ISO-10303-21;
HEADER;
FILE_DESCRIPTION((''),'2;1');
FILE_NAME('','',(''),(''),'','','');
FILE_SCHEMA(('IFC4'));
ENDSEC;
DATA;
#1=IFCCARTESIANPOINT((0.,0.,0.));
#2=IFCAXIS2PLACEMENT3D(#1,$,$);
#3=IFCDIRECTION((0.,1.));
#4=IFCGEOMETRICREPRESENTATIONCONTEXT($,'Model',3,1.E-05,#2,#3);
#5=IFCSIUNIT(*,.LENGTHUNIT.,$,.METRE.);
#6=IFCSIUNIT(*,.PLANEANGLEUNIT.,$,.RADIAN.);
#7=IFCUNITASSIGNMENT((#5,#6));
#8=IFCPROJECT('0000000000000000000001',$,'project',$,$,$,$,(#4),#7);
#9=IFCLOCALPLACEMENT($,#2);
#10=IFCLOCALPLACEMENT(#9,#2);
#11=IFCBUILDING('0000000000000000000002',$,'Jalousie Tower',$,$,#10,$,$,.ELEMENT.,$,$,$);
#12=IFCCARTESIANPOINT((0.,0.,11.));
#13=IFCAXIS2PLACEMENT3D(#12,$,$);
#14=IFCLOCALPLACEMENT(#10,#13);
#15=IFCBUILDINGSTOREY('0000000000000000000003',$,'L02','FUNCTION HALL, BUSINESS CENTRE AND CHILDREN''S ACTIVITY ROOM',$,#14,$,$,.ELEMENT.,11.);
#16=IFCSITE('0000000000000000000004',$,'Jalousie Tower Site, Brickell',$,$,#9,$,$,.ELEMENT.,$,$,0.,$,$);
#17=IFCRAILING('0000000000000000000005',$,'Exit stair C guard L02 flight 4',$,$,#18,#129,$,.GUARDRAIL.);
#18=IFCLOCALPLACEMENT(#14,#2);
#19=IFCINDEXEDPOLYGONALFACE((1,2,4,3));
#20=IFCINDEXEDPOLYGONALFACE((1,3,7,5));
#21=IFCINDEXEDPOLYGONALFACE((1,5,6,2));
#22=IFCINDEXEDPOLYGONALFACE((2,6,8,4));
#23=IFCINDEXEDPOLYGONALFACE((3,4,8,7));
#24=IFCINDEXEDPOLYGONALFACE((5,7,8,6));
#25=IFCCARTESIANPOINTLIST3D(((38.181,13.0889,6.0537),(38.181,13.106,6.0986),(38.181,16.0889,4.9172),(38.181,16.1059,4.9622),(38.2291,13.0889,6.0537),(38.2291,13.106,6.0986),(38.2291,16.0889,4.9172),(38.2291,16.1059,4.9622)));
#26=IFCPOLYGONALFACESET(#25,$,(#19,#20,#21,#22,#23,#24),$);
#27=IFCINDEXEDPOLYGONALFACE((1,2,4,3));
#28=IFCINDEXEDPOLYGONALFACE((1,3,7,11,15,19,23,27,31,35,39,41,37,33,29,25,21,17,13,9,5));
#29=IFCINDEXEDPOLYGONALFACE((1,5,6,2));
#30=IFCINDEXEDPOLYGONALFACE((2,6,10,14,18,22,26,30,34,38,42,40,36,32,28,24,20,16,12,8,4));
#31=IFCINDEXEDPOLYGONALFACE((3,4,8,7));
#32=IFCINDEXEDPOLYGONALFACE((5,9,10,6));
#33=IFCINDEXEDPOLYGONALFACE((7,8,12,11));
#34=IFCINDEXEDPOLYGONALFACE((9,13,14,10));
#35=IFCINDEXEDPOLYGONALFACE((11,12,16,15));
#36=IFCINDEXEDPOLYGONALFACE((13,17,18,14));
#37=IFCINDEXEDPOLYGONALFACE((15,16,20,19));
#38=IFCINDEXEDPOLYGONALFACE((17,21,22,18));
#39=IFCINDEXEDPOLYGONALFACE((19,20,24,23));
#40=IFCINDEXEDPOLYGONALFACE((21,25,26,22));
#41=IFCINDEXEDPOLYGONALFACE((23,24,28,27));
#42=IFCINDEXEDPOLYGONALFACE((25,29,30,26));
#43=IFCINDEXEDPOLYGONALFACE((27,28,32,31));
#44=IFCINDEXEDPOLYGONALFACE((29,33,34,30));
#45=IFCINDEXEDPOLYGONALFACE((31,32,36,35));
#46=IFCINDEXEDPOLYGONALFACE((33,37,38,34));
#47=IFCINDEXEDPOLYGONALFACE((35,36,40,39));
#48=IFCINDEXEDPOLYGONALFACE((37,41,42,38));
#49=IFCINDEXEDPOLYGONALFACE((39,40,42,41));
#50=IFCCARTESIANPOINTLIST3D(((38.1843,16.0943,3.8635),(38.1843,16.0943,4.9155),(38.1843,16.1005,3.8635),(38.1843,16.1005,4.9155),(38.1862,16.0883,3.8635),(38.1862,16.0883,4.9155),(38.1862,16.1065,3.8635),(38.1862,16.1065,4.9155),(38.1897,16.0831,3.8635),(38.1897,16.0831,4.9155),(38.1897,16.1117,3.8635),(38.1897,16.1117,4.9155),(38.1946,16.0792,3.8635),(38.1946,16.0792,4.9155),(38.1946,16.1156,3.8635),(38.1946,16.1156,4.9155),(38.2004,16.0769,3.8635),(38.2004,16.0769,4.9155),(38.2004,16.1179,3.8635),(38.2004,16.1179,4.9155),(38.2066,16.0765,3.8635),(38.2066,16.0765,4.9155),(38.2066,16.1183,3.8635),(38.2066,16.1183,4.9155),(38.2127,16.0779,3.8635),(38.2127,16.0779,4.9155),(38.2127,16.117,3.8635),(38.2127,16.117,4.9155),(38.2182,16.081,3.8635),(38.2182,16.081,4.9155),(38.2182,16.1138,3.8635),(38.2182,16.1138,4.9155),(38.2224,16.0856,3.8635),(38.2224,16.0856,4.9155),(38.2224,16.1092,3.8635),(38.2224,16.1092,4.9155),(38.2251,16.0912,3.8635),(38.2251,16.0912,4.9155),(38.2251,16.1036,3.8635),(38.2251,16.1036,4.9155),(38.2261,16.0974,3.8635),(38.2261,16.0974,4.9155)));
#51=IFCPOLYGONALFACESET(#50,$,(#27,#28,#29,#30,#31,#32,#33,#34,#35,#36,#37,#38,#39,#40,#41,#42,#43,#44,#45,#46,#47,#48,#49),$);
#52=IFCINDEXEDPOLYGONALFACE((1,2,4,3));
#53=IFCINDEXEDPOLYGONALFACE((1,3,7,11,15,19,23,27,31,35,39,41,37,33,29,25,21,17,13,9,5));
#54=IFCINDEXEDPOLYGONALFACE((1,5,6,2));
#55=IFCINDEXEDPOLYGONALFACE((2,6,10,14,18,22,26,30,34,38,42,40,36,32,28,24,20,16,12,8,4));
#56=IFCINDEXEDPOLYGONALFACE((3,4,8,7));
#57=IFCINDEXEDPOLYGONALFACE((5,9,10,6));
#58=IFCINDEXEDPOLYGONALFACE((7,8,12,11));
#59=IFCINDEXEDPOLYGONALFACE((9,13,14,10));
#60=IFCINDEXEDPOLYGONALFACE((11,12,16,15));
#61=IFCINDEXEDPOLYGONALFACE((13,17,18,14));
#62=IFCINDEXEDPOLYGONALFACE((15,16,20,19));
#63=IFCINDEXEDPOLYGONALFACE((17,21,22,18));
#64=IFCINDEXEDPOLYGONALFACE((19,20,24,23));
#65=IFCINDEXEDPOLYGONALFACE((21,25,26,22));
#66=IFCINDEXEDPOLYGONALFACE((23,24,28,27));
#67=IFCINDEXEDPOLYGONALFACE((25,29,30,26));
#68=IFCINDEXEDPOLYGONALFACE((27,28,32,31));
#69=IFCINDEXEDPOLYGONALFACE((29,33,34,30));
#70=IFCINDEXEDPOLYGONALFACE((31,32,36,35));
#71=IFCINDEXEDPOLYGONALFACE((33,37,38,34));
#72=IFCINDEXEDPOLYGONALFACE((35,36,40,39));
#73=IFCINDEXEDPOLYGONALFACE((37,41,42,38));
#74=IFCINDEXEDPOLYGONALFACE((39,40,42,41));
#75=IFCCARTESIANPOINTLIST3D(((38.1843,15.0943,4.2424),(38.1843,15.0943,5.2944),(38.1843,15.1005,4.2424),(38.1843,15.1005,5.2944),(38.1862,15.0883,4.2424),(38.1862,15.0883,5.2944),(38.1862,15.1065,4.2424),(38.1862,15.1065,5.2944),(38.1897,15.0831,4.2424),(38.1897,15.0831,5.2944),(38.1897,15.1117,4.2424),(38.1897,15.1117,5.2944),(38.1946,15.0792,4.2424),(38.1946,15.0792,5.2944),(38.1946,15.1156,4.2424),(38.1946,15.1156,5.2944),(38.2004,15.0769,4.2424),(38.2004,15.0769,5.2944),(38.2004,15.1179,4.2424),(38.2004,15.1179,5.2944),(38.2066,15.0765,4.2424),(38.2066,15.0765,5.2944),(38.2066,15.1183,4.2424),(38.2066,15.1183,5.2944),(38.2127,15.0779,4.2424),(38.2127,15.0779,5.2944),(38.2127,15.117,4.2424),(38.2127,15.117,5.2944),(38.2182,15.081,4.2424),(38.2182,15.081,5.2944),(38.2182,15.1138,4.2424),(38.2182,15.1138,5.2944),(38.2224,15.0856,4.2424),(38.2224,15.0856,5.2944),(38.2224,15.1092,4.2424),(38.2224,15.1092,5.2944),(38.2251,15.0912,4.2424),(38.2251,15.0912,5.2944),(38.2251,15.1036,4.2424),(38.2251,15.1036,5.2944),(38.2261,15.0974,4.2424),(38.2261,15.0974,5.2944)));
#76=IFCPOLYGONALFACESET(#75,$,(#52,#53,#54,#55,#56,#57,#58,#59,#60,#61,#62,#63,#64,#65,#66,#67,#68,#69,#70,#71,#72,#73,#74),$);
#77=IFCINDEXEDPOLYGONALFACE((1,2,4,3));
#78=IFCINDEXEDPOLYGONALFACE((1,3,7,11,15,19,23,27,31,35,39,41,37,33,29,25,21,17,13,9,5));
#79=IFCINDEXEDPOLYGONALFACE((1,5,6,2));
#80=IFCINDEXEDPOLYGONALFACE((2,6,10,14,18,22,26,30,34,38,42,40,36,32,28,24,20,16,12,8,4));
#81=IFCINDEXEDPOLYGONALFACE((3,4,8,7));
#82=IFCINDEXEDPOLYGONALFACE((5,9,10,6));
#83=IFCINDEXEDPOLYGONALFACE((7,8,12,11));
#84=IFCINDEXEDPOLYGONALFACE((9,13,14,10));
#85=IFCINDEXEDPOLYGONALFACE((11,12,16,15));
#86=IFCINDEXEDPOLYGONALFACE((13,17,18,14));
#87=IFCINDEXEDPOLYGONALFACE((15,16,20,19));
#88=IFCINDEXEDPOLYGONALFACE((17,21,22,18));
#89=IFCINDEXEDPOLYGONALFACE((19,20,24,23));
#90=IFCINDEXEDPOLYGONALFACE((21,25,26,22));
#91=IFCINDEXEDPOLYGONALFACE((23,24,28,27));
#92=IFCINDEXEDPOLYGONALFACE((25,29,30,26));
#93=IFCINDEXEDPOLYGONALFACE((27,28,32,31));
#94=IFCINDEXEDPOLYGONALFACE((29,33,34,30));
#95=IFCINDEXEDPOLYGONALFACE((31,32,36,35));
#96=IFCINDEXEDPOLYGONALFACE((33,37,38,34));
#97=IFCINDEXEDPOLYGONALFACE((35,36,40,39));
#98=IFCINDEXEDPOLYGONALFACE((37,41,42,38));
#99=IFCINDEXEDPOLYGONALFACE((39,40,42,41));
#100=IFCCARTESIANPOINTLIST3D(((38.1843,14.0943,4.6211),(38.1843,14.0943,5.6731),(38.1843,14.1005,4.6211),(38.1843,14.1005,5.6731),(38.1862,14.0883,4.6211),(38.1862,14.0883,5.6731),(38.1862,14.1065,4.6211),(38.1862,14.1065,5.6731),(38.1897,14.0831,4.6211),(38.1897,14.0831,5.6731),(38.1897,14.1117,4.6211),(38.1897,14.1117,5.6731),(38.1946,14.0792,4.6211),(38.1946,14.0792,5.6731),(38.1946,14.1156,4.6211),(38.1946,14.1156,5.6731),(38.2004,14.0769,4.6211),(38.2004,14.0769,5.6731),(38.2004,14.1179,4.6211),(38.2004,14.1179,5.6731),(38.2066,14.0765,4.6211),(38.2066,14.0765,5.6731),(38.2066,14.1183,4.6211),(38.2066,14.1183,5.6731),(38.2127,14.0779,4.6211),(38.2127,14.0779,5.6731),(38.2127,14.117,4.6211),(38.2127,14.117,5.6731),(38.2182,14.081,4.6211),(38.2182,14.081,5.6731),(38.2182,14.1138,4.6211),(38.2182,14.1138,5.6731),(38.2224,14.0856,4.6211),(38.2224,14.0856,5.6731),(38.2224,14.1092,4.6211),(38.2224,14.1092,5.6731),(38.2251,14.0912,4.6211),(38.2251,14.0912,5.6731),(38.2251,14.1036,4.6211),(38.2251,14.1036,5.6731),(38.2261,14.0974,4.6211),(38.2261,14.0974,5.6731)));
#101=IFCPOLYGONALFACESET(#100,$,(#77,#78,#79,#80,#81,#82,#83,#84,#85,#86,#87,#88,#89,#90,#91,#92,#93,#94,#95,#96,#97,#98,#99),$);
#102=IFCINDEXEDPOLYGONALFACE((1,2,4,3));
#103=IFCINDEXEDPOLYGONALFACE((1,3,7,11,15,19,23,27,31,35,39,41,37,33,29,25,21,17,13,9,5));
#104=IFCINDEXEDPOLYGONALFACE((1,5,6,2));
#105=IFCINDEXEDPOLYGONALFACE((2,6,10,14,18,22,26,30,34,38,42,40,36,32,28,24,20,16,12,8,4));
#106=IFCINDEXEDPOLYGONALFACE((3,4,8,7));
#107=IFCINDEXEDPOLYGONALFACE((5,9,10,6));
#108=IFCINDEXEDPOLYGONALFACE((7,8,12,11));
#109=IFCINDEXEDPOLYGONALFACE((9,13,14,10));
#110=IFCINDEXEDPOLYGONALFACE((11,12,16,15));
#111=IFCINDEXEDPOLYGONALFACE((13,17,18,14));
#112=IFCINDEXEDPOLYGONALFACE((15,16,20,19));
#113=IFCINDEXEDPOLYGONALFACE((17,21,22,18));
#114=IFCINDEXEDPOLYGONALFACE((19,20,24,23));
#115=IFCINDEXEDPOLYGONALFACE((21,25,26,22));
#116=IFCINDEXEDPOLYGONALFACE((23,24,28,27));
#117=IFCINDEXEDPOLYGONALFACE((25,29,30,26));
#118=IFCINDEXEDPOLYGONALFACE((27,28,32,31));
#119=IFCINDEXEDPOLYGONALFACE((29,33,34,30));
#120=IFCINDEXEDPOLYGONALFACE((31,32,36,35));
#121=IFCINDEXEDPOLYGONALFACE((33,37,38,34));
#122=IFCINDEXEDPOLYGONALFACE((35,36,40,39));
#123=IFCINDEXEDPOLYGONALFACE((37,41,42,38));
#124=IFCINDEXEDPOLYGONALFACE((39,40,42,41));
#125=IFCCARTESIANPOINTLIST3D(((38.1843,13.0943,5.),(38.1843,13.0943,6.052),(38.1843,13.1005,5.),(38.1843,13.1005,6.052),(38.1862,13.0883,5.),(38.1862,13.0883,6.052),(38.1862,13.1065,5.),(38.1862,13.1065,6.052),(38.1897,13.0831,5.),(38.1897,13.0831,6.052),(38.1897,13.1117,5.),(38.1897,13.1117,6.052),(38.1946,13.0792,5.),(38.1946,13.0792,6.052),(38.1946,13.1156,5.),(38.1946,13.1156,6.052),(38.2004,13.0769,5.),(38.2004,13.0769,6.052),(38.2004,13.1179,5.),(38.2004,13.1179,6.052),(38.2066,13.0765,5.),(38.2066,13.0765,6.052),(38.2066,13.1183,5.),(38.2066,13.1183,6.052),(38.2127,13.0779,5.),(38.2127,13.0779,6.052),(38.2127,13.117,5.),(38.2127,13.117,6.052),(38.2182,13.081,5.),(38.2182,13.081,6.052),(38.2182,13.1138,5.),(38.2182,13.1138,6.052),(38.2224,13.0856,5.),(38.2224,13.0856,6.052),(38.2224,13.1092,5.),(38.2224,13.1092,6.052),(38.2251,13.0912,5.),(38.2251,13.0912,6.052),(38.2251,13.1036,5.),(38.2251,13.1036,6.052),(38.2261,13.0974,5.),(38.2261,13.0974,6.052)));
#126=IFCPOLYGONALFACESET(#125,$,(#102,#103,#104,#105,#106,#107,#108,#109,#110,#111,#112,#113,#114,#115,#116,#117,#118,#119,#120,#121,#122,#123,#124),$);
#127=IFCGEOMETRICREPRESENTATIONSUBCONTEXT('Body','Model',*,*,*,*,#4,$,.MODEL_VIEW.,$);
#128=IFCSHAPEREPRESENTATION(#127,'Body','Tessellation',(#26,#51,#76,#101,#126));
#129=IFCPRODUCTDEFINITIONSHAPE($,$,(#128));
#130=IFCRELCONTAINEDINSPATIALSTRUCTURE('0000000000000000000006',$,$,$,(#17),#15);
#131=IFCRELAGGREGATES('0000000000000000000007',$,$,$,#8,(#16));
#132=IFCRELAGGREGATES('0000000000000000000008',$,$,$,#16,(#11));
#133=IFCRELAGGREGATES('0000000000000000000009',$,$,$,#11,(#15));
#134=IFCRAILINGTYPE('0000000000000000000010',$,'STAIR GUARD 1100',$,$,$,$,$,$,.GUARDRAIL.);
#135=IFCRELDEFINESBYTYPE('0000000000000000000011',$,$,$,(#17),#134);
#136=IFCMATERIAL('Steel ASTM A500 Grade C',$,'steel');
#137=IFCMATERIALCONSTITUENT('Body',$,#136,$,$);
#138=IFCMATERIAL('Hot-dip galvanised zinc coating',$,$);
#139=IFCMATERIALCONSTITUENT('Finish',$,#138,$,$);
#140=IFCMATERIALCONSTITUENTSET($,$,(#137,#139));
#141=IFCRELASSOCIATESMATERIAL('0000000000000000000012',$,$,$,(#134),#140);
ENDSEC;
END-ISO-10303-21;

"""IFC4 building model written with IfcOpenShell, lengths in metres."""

from ifc_helpers import new_model, si_unit, direction, frame, origin, origin_2d, place, context, subcontext, project, spatial, rectangle, circle, extrude, material, constituent, constituent_set, type_object, element, save


model = new_model("IFC4")

# Units and contexts
model_context = context("Model", 3, precision=1e-05, world=origin(), true_north=direction((0.0, 1.0)))
body_context = subcontext(model_context, "Body", "Model", "MODEL_VIEW")
ifc_project = project(units=[si_unit("LENGTHUNIT", "METRE"), si_unit("PLANEANGLEUNIT", "RADIAN")], contexts=[model_context])

# Site, building, storey
site_placement = place(None, origin())
site = spatial("IfcSite", under=ifc_project, at=site_placement, Name="Jalousie Tower Site, Brickell", CompositionType="ELEMENT", RefElevation=0.0)
building_placement = place(site_placement, origin())
building = spatial("IfcBuilding", under=site, at=building_placement, Name="Jalousie Tower", CompositionType="ELEMENT")
storey_placement = place(building_placement, frame((0.0, 0.0, 11.0)))
storey = spatial("IfcBuildingStorey", under=building, at=storey_placement, Name="L02", Description="FUNCTION HALL, BUSINESS CENTRE AND CHILDREN'S ACTIVITY ROOM", CompositionType="ELEMENT", Elevation=11.0)

# Railing
ifc_material_1 = material(Name="Steel ASTM A500 Grade C", Category="steel")
ifc_constituent_1 = constituent(ifc_material_1, Name="Body")
ifc_material_2 = material(Name="Hot-dip galvanised zinc coating")
ifc_constituent_2 = constituent(ifc_material_2, Name="Finish")
ifc_constituent_set_1 = constituent_set(constituents=[ifc_constituent_1, ifc_constituent_2])
railing_type_1 = type_object("IfcRailingType", Name="STAIR GUARD 1100", PredefinedType="GUARDRAIL", material=ifc_constituent_set_1)
railing_1_placement = place(storey_placement, frame((38.2051, 16.0974, 3.8635)))
element("IfcRailing", 1, at=railing_1_placement, inside=storey, type_object=railing_type_1, Name="Exit stair C guard L02 flight 4", PredefinedType="GUARDRAIL", context=body_context, shape_type="SweptSolid", body=[
    extrude(rectangle(XDim=0.0481, YDim=0.0481, at=origin_2d()), frame((0.0, 0.0, 1.0762), z_axis=(0.0, -0.935148, 0.354257), x_axis=(1.0, 0.0, 0.0)), (0.0, 0.0, 1.0), 3.208),
    extrude(circle(Radius=0.021, at=origin_2d()), origin(), (0.0, 0.0, 1.0), 1.052),
    extrude(circle(Radius=0.021, at=origin_2d()), frame((0.0, -1.0, 0.3789)), (0.0, 0.0, 1.0), 1.052),
    extrude(circle(Radius=0.021, at=origin_2d()), frame((0.0, -2.0, 0.7576)), (0.0, 0.0, 1.0), 1.052),
    extrude(circle(Radius=0.021, at=origin_2d()), frame((0.0, -3.0, 1.1365)), (0.0, 0.0, 1.0), 1.052),
])

save(model, "model.ifc")
